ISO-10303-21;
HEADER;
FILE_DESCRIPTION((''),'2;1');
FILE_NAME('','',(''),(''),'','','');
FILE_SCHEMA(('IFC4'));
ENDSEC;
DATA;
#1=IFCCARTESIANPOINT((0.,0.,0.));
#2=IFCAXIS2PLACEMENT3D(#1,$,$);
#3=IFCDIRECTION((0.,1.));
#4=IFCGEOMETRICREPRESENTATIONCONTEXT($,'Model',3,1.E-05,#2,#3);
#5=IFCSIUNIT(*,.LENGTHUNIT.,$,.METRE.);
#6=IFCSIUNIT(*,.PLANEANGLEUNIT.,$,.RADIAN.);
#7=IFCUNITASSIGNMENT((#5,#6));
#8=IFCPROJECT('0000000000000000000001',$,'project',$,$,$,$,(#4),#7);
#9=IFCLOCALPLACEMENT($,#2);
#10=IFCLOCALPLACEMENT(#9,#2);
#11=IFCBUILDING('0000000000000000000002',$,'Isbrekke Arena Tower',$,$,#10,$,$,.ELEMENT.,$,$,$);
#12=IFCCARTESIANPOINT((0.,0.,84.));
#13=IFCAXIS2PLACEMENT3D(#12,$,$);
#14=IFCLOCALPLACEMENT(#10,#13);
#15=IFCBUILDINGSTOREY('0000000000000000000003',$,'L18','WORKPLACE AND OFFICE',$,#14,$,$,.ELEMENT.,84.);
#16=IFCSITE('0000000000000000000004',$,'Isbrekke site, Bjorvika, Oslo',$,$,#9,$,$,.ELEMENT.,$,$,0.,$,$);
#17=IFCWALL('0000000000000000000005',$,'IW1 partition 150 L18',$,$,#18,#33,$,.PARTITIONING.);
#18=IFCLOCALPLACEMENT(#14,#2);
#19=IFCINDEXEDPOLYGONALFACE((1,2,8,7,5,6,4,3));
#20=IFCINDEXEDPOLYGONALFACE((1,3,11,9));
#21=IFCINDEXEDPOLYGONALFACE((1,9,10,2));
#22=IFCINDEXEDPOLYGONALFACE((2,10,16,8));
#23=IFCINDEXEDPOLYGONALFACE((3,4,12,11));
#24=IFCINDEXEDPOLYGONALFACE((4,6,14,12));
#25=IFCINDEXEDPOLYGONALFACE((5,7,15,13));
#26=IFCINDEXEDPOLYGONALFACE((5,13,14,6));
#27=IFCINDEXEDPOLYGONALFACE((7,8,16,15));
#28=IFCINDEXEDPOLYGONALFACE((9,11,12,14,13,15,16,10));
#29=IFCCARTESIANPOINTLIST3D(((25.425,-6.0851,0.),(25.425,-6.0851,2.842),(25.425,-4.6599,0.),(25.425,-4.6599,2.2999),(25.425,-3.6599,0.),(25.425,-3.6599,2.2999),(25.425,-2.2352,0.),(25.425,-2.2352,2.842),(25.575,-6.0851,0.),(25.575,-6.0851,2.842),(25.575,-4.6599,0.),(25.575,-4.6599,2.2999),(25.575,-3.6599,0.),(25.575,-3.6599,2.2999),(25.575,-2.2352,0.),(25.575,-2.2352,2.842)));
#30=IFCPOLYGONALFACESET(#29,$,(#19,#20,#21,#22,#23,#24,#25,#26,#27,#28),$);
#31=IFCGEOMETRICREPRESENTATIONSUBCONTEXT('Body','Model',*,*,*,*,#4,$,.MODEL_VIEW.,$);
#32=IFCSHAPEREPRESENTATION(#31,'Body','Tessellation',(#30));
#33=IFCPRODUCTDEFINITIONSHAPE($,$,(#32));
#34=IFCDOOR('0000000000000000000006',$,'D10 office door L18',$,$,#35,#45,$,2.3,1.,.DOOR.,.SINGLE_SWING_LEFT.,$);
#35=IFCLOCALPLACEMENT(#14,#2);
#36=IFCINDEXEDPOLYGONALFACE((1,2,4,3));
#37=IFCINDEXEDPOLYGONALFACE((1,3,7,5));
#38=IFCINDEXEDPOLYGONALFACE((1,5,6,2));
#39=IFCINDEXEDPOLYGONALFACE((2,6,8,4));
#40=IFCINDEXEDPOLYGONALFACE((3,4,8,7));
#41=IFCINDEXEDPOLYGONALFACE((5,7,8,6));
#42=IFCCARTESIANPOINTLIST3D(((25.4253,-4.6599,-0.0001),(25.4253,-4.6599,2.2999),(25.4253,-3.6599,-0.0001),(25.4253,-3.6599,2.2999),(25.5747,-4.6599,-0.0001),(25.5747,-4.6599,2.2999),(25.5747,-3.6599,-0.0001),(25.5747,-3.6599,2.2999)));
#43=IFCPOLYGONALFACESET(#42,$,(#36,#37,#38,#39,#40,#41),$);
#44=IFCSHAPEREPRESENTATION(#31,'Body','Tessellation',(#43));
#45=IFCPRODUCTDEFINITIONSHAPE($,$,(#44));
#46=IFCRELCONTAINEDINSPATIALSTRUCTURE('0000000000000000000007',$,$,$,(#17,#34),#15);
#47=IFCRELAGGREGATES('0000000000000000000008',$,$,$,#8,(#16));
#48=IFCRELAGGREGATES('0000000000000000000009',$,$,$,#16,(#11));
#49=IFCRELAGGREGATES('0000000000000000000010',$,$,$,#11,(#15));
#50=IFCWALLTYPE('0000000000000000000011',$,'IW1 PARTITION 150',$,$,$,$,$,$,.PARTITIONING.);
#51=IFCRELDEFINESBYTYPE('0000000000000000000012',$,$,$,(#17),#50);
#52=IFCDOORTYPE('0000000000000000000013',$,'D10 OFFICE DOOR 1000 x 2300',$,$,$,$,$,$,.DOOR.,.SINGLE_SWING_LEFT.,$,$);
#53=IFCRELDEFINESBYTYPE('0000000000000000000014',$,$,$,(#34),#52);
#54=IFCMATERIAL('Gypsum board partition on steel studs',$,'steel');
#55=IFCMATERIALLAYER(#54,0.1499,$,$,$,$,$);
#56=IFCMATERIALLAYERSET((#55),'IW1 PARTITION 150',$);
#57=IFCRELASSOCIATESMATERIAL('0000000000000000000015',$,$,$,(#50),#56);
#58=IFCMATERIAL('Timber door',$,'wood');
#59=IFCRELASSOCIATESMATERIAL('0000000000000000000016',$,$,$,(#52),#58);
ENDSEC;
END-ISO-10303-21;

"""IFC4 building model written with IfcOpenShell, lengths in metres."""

from ifc_helpers import new_model, si_unit, direction, frame, frame_2d, origin, place, context, subcontext, project, spatial, rectangle, extrude, material, layer, layer_set, type_object, element, fill, save


model = new_model("IFC4")

# Units and contexts
model_context = context("Model", 3, precision=1e-05, world=origin(), true_north=direction((0.0, 1.0)))
body_context = subcontext(model_context, "Body", "Model", "MODEL_VIEW")
ifc_project = project(units=[si_unit("LENGTHUNIT", "METRE"), si_unit("PLANEANGLEUNIT", "RADIAN")], contexts=[model_context])

# Site, building, storey
site_placement = place(None, origin())
site = spatial("IfcSite", under=ifc_project, at=site_placement, Name="Isbrekke site, Bjorvika, Oslo", CompositionType="ELEMENT", RefElevation=0.0)
building_placement = place(site_placement, origin())
building = spatial("IfcBuilding", under=site, at=building_placement, Name="Isbrekke Arena Tower", CompositionType="ELEMENT")
storey_placement = place(building_placement, frame((0.0, 0.0, 84.0)))
storey = spatial("IfcBuildingStorey", under=building, at=storey_placement, Name="L18", Description="WORKPLACE AND OFFICE", CompositionType="ELEMENT", Elevation=84.0)

# Shared definitions
ifc_material_1 = material(Name="Gypsum board partition on steel studs", Category="steel")
ifc_layer_1 = layer(ifc_material_1, 0.1499)
ifc_layer_set_1 = layer_set([ifc_layer_1], Name="IW1 PARTITION 150")
wall_type = type_object("IfcWallType", Name="IW1 PARTITION 150", PredefinedType="PARTITIONING", material=ifc_layer_set_1)

# Wall, opening, door
ifc_material_2 = material(Name="Timber door", Category="wood")
door_type = type_object("IfcDoorType", Name="D10 OFFICE DOOR 1000 x 2300", OperationType="SINGLE_SWING_LEFT", PredefinedType="DOOR", material=ifc_material_2)
wall_1_placement = place(storey_placement, frame((25.5, -6.085, 0.0), z_axis=(0.0, 0.0, 1.0), x_axis=(0.0, 1.0, 0.0)))
wall_1 = element("IfcWall", 1, at=wall_1_placement, inside=storey, type_object=wall_type, Name="IW1 partition 150 L18", PredefinedType="PARTITIONING", context=body_context, shape_type="SweptSolid", body=[
    extrude(rectangle(XDim=3.8499, YDim=0.1499, at=frame_2d((1.9248, 0.0))), origin(), (0.0, 0.0, 1.0), 2.842),
])
opening_1_placement = place(wall_1_placement, frame((1.425, 0.0, 0.0)))
opening_1 = element("IfcOpeningElement", 2, at=opening_1_placement, cuts=wall_1, PredefinedType="OPENING", context=body_context, shape_type="SweptSolid", body=[
    extrude(rectangle(XDim=1.0, YDim=2.3, at=frame_2d((0.5, 1.1499))), frame((0.0, 0.0898, 0.0), z_axis=(0.0, -1.0, 0.0), x_axis=(1.0, 0.0, 0.0)), (0.0, 0.0, 1.0), 0.1797),
])
door_1_placement = place(opening_1_placement, origin())
door_1 = element("IfcDoor", 3, at=door_1_placement, inside=storey, type_object=door_type, Name="D10 office door L18", OperationType="SINGLE_SWING_LEFT", OverallHeight=2.3, OverallWidth=1.0, PredefinedType="DOOR", context=body_context, shape_type="SweptSolid", body=[
    extrude(rectangle(XDim=1.0, YDim=2.3, at=frame_2d((0.5, 1.1499))), frame((0.0, 0.0747, 0.0), z_axis=(0.0, -1.0, 0.0), x_axis=(1.0, 0.0, 0.0)), (0.0, 0.0, 1.0), 0.1494),
])
fill(opening_1, door_1)

save(model, "model.ifc")
